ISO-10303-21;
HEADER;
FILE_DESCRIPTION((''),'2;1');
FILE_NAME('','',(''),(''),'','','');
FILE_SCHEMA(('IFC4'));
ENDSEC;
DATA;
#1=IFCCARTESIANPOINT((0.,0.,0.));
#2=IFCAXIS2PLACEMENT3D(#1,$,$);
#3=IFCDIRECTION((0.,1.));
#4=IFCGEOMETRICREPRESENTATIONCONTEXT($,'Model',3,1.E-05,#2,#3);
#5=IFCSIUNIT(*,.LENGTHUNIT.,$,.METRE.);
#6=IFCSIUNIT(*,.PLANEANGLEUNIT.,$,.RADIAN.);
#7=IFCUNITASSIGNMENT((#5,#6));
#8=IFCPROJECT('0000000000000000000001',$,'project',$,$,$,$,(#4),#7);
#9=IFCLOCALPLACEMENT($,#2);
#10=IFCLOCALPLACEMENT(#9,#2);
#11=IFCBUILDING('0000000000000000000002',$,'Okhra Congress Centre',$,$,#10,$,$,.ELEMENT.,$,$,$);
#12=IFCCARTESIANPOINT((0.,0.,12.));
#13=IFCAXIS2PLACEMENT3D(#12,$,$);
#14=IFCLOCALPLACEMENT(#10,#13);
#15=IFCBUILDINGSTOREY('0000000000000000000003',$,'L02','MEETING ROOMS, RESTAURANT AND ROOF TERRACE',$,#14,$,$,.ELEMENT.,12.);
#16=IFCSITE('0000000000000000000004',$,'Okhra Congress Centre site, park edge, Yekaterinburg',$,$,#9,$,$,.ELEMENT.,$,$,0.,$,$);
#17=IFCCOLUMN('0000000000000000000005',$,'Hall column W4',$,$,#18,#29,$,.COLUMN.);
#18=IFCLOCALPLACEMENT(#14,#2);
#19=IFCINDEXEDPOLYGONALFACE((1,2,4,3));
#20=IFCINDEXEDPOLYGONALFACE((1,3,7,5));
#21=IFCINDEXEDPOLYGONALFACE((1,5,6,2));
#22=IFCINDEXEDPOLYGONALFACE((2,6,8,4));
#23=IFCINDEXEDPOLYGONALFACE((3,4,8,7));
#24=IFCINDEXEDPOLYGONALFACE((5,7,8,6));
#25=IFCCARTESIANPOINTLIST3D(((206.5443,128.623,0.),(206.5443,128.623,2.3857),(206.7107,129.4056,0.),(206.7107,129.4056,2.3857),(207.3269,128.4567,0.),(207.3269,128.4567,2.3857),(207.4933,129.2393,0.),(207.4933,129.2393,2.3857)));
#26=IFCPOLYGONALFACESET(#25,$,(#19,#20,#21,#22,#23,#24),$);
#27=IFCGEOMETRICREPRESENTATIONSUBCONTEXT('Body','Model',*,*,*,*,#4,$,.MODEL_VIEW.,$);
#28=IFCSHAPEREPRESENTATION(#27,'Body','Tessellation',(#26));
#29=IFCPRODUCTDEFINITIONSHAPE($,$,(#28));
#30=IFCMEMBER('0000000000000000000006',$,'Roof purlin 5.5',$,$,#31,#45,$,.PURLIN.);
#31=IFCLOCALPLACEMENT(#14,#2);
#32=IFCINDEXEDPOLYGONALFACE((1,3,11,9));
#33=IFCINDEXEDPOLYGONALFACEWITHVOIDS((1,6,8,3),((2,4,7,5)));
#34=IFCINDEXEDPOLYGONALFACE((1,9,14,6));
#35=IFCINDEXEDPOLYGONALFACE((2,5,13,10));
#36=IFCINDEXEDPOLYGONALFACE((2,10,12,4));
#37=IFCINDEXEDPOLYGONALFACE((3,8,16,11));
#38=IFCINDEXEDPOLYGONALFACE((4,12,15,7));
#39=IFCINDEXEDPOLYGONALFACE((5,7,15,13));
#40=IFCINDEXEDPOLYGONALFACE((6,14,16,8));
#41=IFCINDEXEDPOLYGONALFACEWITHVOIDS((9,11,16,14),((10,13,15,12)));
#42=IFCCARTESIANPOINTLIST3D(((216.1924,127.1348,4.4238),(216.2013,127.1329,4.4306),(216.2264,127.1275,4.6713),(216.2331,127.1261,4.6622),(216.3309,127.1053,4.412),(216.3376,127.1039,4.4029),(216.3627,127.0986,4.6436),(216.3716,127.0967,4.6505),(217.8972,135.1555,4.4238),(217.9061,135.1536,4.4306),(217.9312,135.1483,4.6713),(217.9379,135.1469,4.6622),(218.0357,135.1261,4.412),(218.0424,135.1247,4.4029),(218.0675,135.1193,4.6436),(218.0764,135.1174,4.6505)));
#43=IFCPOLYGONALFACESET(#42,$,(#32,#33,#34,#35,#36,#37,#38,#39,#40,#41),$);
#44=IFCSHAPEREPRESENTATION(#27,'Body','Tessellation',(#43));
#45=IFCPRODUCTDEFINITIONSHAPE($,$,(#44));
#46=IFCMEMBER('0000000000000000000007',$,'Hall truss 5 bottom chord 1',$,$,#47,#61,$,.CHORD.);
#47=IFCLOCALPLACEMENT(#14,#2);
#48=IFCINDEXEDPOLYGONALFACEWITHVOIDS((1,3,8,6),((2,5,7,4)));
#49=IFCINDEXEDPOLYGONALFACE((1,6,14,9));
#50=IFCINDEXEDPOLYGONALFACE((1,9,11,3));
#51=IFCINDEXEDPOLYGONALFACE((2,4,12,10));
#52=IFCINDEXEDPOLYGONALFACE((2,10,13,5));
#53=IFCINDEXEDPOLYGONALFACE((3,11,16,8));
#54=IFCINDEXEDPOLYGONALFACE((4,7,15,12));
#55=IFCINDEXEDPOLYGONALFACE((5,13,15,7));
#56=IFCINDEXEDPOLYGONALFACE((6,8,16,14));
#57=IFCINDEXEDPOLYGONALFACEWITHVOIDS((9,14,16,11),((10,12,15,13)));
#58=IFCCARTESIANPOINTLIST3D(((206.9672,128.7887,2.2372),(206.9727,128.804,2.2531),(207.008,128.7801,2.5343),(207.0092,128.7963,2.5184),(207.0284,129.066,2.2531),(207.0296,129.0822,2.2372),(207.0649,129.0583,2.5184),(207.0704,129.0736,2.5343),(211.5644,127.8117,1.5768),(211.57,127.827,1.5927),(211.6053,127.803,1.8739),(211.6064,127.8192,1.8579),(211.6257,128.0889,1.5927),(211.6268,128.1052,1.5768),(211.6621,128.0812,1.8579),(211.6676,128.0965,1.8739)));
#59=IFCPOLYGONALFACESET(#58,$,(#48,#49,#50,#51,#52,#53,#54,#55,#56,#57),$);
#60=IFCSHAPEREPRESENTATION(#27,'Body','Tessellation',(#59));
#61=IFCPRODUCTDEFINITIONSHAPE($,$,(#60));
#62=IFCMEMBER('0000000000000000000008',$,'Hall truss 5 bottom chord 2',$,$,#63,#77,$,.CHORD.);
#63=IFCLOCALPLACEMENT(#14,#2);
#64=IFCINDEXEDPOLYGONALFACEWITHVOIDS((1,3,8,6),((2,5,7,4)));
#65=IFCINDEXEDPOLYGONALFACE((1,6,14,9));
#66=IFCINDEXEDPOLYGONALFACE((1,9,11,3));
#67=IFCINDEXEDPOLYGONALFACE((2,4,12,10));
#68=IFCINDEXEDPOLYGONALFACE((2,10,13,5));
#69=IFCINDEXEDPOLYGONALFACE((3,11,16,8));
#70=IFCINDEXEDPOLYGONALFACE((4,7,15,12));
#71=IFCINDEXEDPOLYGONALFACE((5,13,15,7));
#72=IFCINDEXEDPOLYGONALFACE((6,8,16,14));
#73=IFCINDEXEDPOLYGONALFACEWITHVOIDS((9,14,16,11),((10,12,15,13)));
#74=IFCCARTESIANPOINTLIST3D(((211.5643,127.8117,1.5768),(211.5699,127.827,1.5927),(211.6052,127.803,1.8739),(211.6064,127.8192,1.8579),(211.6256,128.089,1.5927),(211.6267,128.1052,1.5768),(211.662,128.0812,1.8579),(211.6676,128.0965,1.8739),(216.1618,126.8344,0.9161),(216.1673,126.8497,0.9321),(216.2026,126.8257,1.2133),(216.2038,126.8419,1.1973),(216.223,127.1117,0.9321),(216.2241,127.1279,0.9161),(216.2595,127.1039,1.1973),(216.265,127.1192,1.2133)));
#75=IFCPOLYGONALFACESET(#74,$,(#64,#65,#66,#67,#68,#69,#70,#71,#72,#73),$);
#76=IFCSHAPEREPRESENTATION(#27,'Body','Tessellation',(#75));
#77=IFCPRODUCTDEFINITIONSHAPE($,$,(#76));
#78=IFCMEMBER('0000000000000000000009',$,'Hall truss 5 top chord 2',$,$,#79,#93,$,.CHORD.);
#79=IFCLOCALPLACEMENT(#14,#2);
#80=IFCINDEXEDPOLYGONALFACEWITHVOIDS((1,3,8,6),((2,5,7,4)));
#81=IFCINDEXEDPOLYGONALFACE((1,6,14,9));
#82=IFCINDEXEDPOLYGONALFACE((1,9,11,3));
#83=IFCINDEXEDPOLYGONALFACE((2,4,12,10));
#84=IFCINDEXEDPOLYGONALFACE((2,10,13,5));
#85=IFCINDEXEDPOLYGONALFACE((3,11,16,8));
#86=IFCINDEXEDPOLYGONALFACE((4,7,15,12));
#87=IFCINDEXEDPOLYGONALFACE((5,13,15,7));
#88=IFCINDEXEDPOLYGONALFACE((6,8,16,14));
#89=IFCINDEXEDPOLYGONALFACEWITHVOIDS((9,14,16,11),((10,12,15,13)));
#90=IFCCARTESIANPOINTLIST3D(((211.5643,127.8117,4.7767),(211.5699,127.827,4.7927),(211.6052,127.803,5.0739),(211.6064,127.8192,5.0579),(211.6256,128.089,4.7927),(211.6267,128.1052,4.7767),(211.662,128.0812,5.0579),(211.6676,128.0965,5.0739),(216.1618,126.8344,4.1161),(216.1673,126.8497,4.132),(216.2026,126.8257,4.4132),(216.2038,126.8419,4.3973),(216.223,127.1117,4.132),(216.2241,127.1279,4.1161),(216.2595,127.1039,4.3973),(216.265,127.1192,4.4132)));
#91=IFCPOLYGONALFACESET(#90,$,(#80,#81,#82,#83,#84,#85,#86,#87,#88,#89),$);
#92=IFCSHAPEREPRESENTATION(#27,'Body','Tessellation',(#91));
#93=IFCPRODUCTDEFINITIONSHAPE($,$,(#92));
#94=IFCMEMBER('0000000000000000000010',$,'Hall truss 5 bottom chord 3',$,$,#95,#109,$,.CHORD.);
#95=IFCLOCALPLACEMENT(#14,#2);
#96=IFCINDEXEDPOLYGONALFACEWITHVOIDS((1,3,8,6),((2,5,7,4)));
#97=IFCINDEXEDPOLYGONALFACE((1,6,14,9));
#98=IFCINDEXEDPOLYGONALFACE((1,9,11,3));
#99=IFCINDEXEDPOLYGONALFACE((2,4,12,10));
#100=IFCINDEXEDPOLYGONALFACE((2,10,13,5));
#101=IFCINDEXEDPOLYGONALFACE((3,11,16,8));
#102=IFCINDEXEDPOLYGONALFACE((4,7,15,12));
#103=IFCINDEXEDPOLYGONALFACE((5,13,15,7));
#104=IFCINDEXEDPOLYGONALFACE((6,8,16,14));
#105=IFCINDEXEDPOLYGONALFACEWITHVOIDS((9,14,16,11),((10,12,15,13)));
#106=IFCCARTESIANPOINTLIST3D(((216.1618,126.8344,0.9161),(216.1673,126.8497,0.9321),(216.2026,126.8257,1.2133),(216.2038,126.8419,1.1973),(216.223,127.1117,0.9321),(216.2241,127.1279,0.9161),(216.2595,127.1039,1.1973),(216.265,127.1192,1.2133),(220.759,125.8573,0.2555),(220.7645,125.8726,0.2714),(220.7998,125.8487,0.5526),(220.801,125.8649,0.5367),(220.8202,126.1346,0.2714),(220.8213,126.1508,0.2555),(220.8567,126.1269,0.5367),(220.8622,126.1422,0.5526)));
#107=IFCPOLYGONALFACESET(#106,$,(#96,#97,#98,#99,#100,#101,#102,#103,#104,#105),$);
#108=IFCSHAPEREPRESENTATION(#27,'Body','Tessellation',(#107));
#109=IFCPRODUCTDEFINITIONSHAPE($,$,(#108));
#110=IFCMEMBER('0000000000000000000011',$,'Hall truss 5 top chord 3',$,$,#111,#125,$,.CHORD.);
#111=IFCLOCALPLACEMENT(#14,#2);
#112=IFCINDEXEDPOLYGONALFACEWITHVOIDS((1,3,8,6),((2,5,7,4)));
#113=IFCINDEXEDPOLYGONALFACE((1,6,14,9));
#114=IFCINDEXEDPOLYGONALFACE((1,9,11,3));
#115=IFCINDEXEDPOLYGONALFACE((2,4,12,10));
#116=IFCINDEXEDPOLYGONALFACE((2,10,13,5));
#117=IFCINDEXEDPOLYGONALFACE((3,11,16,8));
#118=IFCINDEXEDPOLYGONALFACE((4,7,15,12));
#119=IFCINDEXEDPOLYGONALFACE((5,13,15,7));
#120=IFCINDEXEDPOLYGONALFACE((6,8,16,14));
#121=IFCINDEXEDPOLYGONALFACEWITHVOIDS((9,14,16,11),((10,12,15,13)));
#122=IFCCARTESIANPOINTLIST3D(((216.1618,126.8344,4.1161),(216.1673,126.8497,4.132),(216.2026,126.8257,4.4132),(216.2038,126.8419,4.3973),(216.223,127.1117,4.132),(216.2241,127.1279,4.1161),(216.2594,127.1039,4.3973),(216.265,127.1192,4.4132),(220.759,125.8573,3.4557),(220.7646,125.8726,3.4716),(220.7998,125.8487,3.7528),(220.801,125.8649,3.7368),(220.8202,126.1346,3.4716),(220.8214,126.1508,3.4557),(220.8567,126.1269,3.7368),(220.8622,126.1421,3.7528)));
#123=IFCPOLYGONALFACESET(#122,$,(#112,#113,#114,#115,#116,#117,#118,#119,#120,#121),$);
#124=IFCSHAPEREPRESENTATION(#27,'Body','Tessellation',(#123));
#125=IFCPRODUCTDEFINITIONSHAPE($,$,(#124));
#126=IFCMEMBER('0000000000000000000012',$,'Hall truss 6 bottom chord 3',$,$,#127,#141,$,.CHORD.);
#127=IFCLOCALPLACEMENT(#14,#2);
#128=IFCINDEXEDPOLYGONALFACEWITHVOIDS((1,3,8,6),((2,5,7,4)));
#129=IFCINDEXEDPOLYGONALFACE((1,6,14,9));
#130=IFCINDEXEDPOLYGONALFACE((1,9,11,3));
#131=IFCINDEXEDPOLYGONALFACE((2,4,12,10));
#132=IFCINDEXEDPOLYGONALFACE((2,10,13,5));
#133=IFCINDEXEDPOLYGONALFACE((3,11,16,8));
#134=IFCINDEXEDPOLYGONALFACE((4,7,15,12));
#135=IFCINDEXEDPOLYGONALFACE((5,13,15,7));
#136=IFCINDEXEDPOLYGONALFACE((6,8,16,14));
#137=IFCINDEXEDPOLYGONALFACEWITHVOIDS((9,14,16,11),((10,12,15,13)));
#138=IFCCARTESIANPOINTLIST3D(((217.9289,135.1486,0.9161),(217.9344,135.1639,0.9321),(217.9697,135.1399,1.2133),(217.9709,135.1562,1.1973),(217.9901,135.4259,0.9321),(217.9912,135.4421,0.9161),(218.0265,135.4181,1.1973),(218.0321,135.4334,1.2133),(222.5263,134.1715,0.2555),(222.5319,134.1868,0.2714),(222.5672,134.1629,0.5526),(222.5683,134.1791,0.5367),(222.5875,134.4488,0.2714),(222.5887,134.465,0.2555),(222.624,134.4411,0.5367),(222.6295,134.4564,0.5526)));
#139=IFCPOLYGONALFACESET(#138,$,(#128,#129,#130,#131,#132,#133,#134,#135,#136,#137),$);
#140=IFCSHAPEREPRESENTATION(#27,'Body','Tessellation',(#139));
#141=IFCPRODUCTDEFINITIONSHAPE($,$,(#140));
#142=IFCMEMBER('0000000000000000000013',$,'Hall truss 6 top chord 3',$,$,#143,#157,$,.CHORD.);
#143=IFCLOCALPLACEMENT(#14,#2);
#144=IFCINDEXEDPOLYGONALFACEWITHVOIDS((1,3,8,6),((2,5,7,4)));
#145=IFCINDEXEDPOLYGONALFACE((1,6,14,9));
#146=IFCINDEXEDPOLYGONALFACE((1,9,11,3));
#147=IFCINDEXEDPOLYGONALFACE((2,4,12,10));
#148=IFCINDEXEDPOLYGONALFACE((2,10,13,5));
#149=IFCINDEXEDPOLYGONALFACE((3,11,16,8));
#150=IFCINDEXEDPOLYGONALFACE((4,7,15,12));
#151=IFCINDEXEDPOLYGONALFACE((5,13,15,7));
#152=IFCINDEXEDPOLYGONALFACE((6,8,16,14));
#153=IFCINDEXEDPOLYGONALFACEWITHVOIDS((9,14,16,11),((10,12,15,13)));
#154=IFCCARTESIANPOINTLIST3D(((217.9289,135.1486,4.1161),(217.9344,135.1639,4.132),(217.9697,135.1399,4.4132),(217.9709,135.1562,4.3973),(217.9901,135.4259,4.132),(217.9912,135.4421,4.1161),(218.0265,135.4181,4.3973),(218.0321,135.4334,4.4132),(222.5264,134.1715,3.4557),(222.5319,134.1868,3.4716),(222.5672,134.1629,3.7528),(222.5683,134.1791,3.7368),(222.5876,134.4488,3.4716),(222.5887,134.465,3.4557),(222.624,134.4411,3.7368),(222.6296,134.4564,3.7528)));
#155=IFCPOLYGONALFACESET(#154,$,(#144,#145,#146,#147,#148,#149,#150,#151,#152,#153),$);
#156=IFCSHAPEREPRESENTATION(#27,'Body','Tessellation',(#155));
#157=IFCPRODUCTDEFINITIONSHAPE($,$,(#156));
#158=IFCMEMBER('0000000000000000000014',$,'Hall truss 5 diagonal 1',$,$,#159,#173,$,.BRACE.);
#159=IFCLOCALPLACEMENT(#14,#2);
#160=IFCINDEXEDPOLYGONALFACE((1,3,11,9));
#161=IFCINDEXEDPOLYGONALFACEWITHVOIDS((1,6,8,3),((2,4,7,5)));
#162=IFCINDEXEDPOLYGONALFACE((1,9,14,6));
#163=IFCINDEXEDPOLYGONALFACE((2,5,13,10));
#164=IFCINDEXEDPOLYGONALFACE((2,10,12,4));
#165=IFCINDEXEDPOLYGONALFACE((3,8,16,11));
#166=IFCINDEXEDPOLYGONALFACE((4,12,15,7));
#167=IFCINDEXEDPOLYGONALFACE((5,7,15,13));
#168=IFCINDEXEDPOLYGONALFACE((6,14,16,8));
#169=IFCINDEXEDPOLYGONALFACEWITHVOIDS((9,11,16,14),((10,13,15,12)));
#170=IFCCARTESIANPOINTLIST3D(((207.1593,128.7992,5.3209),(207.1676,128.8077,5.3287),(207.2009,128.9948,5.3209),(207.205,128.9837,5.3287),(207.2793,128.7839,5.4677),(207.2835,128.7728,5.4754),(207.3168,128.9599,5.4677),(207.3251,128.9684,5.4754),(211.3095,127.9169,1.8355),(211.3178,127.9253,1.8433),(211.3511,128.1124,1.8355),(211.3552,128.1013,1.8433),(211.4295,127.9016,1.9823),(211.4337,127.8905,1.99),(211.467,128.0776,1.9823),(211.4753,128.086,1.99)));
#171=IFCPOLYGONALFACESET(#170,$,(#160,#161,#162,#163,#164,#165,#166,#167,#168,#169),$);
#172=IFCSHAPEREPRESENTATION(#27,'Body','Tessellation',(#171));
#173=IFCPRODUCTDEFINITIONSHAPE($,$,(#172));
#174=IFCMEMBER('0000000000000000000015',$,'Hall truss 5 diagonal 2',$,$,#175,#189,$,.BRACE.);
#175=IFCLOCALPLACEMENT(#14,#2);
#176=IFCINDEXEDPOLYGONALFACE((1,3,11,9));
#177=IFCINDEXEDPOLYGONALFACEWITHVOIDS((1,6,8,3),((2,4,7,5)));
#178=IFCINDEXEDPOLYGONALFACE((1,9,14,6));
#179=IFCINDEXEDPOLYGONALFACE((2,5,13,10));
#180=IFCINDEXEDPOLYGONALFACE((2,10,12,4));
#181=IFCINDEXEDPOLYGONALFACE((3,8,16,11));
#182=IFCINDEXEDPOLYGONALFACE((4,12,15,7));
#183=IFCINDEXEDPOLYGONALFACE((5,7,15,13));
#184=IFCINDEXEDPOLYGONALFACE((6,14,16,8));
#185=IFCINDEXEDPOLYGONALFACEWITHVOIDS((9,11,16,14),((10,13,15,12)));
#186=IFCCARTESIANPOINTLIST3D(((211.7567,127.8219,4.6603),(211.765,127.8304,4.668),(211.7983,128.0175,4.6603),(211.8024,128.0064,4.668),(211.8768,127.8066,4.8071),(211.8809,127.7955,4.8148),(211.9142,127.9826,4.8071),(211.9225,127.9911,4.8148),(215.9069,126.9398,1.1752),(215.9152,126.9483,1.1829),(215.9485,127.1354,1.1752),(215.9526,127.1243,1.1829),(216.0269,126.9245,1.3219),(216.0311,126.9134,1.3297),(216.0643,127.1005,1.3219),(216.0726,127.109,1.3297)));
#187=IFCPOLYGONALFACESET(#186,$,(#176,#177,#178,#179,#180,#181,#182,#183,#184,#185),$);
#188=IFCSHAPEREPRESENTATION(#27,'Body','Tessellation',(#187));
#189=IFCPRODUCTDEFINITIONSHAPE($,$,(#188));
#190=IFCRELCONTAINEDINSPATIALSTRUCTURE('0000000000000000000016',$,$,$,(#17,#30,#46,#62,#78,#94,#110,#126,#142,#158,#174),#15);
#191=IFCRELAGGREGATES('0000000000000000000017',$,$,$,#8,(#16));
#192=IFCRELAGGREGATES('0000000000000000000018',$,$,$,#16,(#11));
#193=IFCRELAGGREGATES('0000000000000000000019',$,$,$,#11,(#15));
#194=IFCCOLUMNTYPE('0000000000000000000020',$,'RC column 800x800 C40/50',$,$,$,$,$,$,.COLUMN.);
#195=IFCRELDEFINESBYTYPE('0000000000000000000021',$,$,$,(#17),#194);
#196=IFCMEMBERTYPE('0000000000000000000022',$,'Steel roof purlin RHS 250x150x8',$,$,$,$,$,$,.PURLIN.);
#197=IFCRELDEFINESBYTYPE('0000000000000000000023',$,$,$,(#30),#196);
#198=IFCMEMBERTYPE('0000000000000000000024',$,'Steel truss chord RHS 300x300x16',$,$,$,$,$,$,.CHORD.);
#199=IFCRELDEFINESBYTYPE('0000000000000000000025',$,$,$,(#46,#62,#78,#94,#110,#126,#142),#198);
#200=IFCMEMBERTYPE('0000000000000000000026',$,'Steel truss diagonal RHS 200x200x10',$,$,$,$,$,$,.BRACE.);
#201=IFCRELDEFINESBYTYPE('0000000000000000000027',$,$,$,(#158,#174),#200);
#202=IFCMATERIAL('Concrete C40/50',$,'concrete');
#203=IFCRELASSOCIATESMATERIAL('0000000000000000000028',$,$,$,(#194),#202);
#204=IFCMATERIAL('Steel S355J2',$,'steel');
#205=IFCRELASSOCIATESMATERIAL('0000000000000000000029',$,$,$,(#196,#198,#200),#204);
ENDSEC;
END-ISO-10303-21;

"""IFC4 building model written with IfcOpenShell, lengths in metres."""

from ifc_helpers import new_model, si_unit, direction, frame, origin, origin_2d, place, context, subcontext, project, spatial, rectangle, hollow_rectangle, extrude, material, material_profile, profile_set, type_object, element, save


model = new_model("IFC4")

# Units and contexts
model_context = context("Model", 3, precision=1e-05, world=origin(), true_north=direction((0.0, 1.0)))
body_context = subcontext(model_context, "Body", "Model", "MODEL_VIEW")
ifc_project = project(units=[si_unit("LENGTHUNIT", "METRE"), si_unit("PLANEANGLEUNIT", "RADIAN")], contexts=[model_context])

# Site, building, storey
site_placement = place(None, origin())
site = spatial("IfcSite", under=ifc_project, at=site_placement, Name="Okhra Congress Centre site, park edge, Yekaterinburg", CompositionType="ELEMENT", RefElevation=0.0)
building_placement = place(site_placement, origin())
building = spatial("IfcBuilding", under=site, at=building_placement, Name="Okhra Congress Centre", CompositionType="ELEMENT")
storey_placement = place(building_placement, frame((0.0, 0.0, 12.0)))
storey = spatial("IfcBuildingStorey", under=building, at=storey_placement, Name="L02", Description="MEETING ROOMS, RESTAURANT AND ROOF TERRACE", CompositionType="ELEMENT", Elevation=12.0)

# Column
ifc_material_1 = material(Name="Concrete C40/50", Category="concrete")
ifc_material_profile_1 = material_profile(ifc_material_1, rectangle(XDim=0.8, YDim=0.8, at=origin_2d()), Name="RC 800x800")
ifc_profile_set_1 = profile_set([ifc_material_profile_1], Name="Concrete C40/50")
column_type = type_object("IfcColumnType", Name="RC column 800x800 C40/50", PredefinedType="COLUMN", material=ifc_profile_set_1)
column_placement = place(storey_placement, frame((207.0188, 128.9312, 0.0), z_axis=(0.0, 0.0, 1.0), x_axis=(0.978148, -0.207912, 0.0)))
element("IfcColumn", 1, at=column_placement, inside=storey, type_object=column_type, Name="Hall column W4", PredefinedType="COLUMN", context=body_context, shape_type="SweptSolid", body=[
    extrude(rectangle(XDim=0.8, YDim=0.8, at=origin_2d()), origin(), (0.0, 0.0, 1.0), 2.3857),
])

# Members
ifc_material_2 = material(Name="Steel S355J2", Category="steel")
ifc_material_profile_2 = material_profile(ifc_material_2, hollow_rectangle(XDim=0.1499, YDim=0.25, WallThickness=0.0081, at=origin_2d()), Name="RHS 250x150x8")
ifc_profile_set_2 = profile_set([ifc_material_profile_2], Name="Steel S355J2")
member_type_1 = type_object("IfcMemberType", Name="Steel roof purlin RHS 250x150x8", PredefinedType="PURLIN", material=ifc_profile_set_2)
member_1_placement = place(storey_placement, frame((216.282, 127.1157, 4.5371), z_axis=(0.207908, 0.978148, 0.0), x_axis=(-0.968629, 0.205885, 0.139173)))
element("IfcMember", 2, at=member_1_placement, inside=storey, type_object=member_type_1, Name="Roof purlin 5.5", PredefinedType="PURLIN", context=body_context, shape_type="SweptSolid", body=[
    extrude(hollow_rectangle(XDim=0.1499, YDim=0.25, WallThickness=0.0081, at=origin_2d()), origin(), (0.0, 0.0, 1.0), 8.2),
])
ifc_material_profile_3 = material_profile(ifc_material_2, hollow_rectangle(XDim=0.3, YDim=0.3, WallThickness=0.0161, at=origin_2d()), Name="RHS 300x300x16")
ifc_profile_set_3 = profile_set([ifc_material_profile_3], Name="Steel S355J2")
member_type_2 = type_object("IfcMemberType", Name="Steel truss chord RHS 300x300x16", PredefinedType="CHORD", material=ifc_profile_set_3)
member_2_placement = place(storey_placement, frame((207.0188, 128.9312, 2.3857), z_axis=(0.968636, -0.205867, -0.139148), x_axis=(0.20789, 0.978152, 0.0)))
element("IfcMember", 3, at=member_2_placement, inside=storey, type_object=member_type_2, Name="Hall truss 5 bottom chord 1", PredefinedType="CHORD", context=body_context, shape_type="SweptSolid", body=[
    extrude(hollow_rectangle(XDim=0.3, YDim=0.3, WallThickness=0.0161, at=origin_2d()), origin(), (0.0, 0.0, 1.0), 4.7461),
])
for number, where, z_axis, x_axis, name in (
    (4, (211.616, 127.9541, 1.7253), (0.968622, -0.205905, -0.13919), (0.207929, 0.978144, 0.0), "Hall truss 5 bottom chord 2"),
    (5, (211.616, 127.9541, 4.9253), (0.968622, -0.205905, -0.13919), (0.207929, 0.978144, 0.0), "Hall truss 5 top chord 2"),
):
    element("IfcMember", number, at=place(storey_placement, frame(where, z_axis=z_axis, x_axis=x_axis)), inside=storey, type_object=member_type_2, Name=name, PredefinedType="CHORD", context=body_context, shape_type="SweptSolid", body=[
        extrude(hollow_rectangle(XDim=0.3, YDim=0.3, WallThickness=0.0161, at=origin_2d()), origin(), (0.0, 0.0, 1.0), 4.7463),
    ])
for number, where, z_axis, x_axis, name in (
    (6, (216.2134, 126.9768, 1.0647), (0.968629, -0.205866, -0.139199), (0.20789, 0.978152, 0.0), "Hall truss 5 bottom chord 3"),
    (7, (216.2134, 126.9768, 4.2646), (0.968636, -0.205867, -0.139148), (0.20789, 0.978152, 0.0), "Hall truss 5 top chord 3"),
):
    element("IfcMember", number, at=place(storey_placement, frame(where, z_axis=z_axis, x_axis=x_axis)), inside=storey, type_object=member_type_2, Name=name, PredefinedType="CHORD", context=body_context, shape_type="SweptSolid", body=[
        extrude(hollow_rectangle(XDim=0.3, YDim=0.3, WallThickness=0.0161, at=origin_2d()), origin(), (0.0, 0.0, 1.0), 4.7461),
    ])
for number, where, z_axis, x_axis, name in (
    (8, (217.9805, 135.291, 1.0647), (0.968633, -0.205856, -0.139192), (0.207879, 0.978154, 0.0), "Hall truss 6 bottom chord 3"),
    (9, (217.9805, 135.291, 4.2646), (0.96864, -0.205857, -0.139141), (0.207879, 0.978154, 0.0), "Hall truss 6 top chord 3"),
):
    element("IfcMember", number, at=place(storey_placement, frame(where, z_axis=z_axis, x_axis=x_axis)), inside=storey, type_object=member_type_2, Name=name, PredefinedType="CHORD", context=body_context, shape_type="SweptSolid", body=[
        extrude(hollow_rectangle(XDim=0.3, YDim=0.3, WallThickness=0.0161, at=origin_2d()), origin(), (0.0, 0.0, 1.0), 4.7463),
    ])
ifc_material_profile_4 = material_profile(ifc_material_2, hollow_rectangle(XDim=0.2, YDim=0.2, WallThickness=0.01, at=origin_2d()), Name="RHS 200x200x10 diagonal")
ifc_profile_set_4 = profile_set([ifc_material_profile_4], Name="Steel S355J2")
member_type_3 = type_object("IfcMemberType", Name="Steel truss diagonal RHS 200x200x10", PredefinedType="BRACE", material=ifc_profile_set_4)
member_3_placement = place(storey_placement, frame((207.2422, 128.8838, 5.3982), z_axis=(0.755824, -0.160689, -0.634752), x_axis=(0.207953, 0.978139, 0.0)))
element("IfcMember", 10, at=member_3_placement, inside=storey, type_object=member_type_3, Name="Hall truss 5 diagonal 1", PredefinedType="BRACE", context=body_context, shape_type="SweptSolid", body=[
    extrude(hollow_rectangle(XDim=0.2, YDim=0.2, WallThickness=0.01, at=origin_2d()), origin(), (0.0, 0.0, 1.0), 5.491),
])
member_4_placement = place(storey_placement, frame((211.8396, 127.9065, 4.7375), z_axis=(0.755851, -0.16065, -0.634729), x_axis=(0.207898, 0.978151, 0.0)))
element("IfcMember", 11, at=member_4_placement, inside=storey, type_object=member_type_3, Name="Hall truss 5 diagonal 2", PredefinedType="BRACE", context=body_context, shape_type="SweptSolid", body=[
    extrude(hollow_rectangle(XDim=0.2, YDim=0.2, WallThickness=0.01, at=origin_2d()), origin(), (0.0, 0.0, 1.0), 5.4907),
])

save(model, "model.ifc")
